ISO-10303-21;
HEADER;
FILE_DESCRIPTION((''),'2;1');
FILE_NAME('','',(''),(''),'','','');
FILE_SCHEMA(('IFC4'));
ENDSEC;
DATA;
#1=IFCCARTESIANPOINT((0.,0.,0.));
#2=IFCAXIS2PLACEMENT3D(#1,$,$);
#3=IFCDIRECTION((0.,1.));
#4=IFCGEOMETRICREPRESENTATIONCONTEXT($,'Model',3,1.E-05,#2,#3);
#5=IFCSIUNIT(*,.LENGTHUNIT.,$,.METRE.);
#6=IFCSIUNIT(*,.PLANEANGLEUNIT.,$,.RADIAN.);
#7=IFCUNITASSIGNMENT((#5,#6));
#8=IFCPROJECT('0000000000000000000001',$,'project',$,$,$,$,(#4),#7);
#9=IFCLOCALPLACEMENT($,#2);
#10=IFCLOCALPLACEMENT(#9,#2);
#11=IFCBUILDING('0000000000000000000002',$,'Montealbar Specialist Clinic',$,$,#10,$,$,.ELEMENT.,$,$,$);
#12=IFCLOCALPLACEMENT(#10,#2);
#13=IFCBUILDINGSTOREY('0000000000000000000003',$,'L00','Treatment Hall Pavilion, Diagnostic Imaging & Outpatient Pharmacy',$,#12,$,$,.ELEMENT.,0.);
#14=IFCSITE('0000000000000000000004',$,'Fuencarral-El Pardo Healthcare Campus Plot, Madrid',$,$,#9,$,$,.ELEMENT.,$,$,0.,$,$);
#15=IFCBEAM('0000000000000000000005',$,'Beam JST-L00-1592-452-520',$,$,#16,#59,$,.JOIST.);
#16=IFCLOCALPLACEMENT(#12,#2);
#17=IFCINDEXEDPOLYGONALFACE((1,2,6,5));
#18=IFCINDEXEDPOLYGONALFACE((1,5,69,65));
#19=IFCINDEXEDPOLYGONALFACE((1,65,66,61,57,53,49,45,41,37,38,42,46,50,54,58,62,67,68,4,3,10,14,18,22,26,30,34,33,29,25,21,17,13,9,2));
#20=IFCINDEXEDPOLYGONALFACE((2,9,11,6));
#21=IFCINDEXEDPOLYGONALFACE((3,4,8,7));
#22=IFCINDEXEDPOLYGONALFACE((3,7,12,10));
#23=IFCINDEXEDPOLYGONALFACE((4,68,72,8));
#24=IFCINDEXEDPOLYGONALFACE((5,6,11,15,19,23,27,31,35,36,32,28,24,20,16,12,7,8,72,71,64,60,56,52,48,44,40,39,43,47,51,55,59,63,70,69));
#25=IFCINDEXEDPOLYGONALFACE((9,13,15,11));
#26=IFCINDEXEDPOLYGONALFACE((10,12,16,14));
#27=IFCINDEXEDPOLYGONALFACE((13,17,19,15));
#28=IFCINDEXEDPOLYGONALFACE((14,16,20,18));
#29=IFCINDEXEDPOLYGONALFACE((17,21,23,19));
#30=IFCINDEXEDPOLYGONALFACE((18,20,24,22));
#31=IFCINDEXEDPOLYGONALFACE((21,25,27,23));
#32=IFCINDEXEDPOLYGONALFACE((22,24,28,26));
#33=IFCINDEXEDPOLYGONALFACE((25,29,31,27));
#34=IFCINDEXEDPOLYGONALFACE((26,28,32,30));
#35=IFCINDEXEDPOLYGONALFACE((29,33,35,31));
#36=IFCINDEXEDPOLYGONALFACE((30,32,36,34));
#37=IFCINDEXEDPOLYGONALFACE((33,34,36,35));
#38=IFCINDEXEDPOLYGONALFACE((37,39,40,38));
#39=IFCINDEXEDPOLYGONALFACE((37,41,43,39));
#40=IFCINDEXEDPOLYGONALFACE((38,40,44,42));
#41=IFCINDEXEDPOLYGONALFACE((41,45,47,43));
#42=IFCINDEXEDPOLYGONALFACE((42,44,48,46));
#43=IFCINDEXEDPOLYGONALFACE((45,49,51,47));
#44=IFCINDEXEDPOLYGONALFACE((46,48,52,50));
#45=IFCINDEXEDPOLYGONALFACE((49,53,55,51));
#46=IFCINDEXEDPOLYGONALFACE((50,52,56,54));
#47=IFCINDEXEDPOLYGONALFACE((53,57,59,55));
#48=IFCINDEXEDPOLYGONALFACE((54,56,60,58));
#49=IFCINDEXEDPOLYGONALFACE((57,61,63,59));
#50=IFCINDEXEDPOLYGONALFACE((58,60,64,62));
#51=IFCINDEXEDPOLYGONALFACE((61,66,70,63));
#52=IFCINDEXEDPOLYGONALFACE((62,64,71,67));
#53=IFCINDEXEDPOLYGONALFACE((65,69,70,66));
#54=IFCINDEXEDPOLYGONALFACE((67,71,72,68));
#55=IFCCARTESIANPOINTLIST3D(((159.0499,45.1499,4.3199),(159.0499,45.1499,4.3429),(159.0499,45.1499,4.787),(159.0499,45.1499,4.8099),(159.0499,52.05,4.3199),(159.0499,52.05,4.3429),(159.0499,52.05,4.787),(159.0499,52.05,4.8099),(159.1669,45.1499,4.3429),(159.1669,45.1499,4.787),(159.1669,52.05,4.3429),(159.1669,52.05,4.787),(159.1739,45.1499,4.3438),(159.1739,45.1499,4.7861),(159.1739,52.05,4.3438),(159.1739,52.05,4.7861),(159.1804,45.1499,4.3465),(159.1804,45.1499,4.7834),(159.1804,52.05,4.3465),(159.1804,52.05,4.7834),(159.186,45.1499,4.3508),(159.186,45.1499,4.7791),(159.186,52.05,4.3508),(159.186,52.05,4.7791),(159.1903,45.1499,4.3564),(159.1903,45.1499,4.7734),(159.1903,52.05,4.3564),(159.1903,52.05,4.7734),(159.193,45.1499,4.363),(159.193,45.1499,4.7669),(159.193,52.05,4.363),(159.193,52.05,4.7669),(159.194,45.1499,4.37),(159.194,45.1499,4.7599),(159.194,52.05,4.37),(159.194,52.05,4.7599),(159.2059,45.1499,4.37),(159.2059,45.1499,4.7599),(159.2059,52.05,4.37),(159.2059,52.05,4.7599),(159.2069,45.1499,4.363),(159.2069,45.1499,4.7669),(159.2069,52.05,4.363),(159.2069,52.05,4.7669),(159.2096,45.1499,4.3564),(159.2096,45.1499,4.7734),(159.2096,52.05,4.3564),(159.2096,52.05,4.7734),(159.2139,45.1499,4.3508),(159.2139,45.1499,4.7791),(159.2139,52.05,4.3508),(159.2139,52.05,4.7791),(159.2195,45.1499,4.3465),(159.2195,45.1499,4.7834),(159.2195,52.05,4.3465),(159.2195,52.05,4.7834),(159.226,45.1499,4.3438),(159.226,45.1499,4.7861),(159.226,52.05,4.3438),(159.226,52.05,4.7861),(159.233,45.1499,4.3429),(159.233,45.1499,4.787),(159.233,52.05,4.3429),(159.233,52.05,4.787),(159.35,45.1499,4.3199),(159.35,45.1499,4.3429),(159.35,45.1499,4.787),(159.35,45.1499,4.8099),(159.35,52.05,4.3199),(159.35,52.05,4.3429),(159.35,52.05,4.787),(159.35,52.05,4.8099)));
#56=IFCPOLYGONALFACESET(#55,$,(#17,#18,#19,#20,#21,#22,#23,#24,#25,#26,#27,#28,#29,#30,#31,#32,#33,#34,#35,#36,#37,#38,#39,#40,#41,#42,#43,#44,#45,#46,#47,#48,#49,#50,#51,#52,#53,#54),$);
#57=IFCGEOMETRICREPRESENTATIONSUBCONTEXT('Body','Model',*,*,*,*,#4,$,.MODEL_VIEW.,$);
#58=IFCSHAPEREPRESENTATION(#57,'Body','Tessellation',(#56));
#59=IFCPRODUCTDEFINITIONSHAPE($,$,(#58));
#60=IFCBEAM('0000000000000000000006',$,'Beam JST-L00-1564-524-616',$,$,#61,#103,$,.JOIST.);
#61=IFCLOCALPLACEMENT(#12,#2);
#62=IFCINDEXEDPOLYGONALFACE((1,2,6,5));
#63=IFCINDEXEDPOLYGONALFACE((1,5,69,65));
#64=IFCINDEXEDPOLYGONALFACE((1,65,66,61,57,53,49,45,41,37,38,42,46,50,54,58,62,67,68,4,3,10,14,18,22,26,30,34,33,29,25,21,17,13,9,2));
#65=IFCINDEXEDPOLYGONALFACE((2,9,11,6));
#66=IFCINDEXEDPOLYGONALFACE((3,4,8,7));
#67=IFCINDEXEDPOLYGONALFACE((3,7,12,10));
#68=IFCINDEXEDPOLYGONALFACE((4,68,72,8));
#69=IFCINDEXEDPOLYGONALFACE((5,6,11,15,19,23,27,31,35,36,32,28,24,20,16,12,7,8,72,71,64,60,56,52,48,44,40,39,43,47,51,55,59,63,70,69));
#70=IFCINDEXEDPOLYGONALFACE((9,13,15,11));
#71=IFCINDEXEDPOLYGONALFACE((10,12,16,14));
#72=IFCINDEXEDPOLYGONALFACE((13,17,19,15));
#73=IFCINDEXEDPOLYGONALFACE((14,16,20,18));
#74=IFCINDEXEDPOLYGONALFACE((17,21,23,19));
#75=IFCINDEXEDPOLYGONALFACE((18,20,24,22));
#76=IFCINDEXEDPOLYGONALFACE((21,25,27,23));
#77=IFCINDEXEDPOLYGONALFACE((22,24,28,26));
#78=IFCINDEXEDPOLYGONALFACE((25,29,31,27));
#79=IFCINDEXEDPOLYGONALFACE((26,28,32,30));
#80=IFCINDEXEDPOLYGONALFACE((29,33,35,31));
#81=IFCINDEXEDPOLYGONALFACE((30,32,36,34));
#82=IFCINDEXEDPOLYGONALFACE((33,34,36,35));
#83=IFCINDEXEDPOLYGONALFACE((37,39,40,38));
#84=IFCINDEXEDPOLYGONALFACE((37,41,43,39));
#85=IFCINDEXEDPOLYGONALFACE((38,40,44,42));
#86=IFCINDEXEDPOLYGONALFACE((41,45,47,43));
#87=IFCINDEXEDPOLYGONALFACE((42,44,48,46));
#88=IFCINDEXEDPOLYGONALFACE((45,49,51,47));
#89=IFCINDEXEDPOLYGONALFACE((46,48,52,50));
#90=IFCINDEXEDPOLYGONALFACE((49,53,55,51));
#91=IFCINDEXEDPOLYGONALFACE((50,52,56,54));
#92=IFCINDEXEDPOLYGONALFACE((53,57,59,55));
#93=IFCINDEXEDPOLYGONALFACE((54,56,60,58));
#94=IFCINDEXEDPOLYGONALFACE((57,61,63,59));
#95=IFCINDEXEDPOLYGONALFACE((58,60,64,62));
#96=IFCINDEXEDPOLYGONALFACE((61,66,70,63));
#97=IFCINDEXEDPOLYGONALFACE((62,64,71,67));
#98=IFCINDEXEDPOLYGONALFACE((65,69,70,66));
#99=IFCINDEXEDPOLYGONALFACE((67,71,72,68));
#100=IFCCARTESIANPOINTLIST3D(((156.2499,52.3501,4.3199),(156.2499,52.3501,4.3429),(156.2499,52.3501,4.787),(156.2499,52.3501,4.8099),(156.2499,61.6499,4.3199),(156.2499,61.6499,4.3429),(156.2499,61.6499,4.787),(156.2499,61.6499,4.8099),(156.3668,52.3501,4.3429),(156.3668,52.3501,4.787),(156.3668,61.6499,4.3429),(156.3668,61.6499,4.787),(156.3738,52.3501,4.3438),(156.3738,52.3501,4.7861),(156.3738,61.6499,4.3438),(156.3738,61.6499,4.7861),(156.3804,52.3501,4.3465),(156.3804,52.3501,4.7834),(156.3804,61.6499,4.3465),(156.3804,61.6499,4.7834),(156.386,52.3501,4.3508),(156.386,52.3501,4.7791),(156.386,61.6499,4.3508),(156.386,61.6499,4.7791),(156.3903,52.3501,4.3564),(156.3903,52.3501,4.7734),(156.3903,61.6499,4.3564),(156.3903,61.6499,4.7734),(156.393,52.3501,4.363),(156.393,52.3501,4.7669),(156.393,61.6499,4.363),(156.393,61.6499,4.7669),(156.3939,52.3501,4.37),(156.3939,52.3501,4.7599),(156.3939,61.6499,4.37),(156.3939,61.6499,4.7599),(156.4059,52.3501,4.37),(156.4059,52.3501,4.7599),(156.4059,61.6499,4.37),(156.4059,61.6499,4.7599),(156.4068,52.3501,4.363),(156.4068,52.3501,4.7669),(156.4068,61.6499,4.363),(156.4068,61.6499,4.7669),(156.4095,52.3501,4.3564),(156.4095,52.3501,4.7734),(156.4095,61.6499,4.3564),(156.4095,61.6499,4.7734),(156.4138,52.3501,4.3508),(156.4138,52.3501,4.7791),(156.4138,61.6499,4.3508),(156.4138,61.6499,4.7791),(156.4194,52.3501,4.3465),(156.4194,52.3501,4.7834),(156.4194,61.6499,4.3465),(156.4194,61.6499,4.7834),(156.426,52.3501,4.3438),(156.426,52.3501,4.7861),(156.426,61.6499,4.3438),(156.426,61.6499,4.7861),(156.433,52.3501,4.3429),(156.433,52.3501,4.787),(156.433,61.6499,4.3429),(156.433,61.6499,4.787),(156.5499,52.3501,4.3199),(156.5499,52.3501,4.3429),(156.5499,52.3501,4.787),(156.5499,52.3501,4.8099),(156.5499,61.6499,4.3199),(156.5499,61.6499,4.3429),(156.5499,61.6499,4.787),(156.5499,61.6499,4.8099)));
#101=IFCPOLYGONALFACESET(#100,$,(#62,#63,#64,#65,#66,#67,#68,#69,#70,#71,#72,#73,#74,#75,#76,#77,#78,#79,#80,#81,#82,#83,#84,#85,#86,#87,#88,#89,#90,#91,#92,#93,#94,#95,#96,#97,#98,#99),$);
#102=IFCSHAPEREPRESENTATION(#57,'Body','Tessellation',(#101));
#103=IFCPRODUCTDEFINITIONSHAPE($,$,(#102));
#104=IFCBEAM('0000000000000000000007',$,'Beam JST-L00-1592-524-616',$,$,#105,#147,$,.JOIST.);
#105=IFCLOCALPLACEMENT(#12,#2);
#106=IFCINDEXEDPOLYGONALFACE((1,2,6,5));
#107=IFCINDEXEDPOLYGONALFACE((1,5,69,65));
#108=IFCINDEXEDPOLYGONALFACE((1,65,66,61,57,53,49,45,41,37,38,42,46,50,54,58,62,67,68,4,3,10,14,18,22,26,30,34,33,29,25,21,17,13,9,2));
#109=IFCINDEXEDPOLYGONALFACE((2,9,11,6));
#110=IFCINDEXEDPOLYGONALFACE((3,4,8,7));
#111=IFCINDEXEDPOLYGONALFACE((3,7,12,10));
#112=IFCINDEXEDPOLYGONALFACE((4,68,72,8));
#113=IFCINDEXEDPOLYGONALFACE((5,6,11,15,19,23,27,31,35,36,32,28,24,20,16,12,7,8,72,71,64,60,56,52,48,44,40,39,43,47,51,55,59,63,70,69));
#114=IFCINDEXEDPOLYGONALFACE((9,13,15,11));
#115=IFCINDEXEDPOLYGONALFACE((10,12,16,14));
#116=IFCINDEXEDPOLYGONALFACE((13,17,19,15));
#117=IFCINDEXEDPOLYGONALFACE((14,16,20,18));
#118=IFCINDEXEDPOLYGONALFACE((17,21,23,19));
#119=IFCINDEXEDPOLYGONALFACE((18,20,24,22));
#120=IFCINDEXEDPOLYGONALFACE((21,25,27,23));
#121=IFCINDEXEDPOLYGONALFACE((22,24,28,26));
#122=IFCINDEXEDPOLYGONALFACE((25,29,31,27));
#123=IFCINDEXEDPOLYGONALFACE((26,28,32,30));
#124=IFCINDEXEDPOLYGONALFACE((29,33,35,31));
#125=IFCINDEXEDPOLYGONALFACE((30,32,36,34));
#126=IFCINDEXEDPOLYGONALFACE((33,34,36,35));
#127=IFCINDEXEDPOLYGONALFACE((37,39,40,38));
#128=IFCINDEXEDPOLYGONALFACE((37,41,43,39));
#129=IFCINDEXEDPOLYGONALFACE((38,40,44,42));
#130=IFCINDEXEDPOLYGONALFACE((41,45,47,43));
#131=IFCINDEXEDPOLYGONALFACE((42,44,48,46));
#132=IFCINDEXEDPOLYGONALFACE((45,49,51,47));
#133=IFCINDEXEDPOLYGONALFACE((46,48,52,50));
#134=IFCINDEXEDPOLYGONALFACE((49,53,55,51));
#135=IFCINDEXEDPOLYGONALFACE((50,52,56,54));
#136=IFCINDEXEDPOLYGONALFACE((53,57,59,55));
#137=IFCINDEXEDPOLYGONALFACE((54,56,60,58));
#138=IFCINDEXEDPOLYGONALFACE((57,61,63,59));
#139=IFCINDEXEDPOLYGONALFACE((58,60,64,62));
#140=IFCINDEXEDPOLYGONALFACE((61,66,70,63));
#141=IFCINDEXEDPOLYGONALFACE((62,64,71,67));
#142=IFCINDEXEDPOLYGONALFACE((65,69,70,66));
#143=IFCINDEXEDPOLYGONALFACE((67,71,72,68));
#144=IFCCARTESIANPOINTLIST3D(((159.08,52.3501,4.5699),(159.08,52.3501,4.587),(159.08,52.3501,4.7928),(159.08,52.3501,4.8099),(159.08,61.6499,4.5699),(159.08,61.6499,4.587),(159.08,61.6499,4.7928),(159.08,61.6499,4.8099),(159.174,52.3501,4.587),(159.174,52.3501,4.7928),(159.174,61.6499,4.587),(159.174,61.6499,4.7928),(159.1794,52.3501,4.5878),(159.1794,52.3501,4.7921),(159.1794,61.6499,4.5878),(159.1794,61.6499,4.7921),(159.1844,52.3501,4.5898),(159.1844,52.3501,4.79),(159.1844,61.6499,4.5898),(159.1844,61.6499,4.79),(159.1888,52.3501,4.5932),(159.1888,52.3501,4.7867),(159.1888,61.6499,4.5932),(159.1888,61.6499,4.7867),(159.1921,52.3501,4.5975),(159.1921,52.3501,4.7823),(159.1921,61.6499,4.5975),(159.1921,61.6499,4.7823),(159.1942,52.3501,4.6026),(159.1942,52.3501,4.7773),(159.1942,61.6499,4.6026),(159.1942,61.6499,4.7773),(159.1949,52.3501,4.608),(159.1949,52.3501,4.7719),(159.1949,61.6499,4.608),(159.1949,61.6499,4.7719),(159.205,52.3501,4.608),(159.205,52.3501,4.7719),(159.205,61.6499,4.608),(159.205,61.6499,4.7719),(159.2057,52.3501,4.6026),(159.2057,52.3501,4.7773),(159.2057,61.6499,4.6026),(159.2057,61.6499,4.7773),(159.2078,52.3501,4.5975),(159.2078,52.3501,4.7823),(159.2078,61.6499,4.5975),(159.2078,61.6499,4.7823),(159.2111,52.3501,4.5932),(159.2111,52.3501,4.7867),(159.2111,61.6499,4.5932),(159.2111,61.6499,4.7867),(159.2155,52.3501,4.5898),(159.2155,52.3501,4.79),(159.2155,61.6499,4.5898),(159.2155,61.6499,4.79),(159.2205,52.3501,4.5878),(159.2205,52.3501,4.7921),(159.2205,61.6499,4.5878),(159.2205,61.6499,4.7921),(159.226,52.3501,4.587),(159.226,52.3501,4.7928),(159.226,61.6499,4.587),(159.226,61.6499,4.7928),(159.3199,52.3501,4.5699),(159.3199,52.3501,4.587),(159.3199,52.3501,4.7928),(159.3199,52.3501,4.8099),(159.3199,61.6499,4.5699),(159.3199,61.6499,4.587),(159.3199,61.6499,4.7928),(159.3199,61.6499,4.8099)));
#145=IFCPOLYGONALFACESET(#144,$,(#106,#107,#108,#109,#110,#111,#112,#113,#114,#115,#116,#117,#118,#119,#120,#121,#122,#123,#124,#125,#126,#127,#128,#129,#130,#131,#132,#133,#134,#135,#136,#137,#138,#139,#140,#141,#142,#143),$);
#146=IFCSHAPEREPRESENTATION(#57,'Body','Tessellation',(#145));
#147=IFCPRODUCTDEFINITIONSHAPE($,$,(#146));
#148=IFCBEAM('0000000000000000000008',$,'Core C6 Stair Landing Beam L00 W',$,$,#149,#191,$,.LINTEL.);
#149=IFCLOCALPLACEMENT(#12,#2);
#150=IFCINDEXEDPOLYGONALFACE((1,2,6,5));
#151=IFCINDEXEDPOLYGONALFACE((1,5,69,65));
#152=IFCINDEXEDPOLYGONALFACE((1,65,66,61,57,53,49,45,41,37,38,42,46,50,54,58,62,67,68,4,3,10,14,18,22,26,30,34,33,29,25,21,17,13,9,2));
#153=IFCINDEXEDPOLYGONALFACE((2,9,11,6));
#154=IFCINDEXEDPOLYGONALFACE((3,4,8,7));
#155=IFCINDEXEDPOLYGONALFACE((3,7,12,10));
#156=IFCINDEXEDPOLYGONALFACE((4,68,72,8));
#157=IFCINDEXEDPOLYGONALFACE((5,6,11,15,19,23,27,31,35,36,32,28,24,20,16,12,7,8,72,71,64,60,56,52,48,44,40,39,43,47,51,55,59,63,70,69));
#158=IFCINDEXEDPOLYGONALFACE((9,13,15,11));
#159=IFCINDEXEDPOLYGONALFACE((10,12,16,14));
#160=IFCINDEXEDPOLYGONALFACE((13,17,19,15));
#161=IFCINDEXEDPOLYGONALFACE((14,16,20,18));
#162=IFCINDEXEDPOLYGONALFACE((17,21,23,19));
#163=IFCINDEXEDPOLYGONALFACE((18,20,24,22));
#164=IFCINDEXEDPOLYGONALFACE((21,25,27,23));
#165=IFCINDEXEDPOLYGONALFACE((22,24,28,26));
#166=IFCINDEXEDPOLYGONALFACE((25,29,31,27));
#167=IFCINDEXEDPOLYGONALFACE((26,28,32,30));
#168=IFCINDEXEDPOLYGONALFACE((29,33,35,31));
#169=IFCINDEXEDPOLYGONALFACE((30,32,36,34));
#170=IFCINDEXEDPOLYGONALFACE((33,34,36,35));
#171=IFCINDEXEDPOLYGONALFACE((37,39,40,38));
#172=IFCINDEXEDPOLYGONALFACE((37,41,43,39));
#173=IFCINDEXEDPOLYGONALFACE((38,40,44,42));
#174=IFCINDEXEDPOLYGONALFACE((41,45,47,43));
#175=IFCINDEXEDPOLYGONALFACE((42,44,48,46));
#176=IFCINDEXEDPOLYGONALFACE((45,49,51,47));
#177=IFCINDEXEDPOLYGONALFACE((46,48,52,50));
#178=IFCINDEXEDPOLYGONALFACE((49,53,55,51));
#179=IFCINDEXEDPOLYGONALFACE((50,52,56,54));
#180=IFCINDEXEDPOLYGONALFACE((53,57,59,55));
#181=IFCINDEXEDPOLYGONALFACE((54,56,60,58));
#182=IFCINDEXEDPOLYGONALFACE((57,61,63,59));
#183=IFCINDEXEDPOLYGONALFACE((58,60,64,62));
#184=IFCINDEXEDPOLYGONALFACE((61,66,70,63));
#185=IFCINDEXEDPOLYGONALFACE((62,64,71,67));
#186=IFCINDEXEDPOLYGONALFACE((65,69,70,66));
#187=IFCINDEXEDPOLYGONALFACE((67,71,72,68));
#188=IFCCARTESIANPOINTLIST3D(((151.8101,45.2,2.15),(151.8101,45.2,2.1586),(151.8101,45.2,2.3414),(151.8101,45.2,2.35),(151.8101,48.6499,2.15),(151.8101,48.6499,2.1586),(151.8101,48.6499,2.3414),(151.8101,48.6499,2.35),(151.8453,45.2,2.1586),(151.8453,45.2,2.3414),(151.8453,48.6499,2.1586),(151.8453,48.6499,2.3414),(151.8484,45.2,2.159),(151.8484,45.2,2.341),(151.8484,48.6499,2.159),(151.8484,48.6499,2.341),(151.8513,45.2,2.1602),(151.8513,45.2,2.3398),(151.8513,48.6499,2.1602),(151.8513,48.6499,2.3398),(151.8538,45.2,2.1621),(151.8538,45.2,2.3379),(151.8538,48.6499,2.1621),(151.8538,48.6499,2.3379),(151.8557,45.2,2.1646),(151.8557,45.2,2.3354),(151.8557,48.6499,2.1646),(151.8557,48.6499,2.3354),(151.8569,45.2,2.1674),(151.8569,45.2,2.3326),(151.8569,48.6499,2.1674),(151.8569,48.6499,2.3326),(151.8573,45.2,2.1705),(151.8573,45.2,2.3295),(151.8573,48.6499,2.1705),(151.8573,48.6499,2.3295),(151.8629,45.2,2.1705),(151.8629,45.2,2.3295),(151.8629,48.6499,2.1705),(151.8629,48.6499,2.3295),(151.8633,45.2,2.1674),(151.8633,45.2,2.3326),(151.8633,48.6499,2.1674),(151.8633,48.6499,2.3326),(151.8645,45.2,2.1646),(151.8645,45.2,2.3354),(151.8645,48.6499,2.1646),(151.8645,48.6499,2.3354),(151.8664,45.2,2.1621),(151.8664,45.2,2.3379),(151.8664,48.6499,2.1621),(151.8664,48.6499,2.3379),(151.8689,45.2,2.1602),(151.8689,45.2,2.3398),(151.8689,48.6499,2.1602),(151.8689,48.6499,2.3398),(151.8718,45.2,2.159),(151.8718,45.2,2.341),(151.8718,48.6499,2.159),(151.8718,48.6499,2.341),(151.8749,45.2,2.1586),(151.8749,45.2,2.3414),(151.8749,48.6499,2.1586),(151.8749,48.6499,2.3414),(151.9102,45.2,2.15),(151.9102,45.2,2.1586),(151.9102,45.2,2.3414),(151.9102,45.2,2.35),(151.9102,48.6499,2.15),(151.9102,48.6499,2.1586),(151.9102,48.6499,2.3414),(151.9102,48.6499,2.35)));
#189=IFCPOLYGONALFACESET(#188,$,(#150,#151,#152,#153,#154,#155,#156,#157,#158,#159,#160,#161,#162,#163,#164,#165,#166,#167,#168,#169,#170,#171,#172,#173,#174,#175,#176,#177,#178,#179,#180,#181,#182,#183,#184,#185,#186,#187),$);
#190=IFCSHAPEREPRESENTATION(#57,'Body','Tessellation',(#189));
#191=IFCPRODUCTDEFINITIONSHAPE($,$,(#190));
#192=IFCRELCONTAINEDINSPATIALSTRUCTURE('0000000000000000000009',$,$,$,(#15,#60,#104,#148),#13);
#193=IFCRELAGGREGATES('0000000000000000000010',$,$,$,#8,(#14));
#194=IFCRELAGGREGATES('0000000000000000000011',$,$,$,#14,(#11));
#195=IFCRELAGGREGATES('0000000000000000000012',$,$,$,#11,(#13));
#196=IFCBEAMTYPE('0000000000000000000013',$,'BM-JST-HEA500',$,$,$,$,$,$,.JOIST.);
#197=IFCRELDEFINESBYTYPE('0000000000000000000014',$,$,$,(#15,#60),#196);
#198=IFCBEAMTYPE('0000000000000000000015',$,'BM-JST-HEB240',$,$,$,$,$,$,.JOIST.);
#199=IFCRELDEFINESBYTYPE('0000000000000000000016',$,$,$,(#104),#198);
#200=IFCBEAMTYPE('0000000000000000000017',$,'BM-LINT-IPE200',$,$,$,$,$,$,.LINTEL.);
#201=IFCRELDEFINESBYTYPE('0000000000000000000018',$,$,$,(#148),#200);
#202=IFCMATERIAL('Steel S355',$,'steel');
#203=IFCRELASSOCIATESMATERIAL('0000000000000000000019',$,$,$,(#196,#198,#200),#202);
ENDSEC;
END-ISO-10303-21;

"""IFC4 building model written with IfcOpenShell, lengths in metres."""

from ifc_helpers import new_model, si_unit, direction, frame, origin, origin_2d, place, context, subcontext, project, spatial, i_section, extrude, material, material_profile, profile_set, type_object, element, save


model = new_model("IFC4")

# Units and contexts
model_context = context("Model", 3, precision=1e-05, world=origin(), true_north=direction((0.0, 1.0)))
body_context = subcontext(model_context, "Body", "Model", "MODEL_VIEW")
ifc_project = project(units=[si_unit("LENGTHUNIT", "METRE"), si_unit("PLANEANGLEUNIT", "RADIAN")], contexts=[model_context])

# Site, building, storey
site_placement = place(None, origin())
site = spatial("IfcSite", under=ifc_project, at=site_placement, Name="Fuencarral-El Pardo Healthcare Campus Plot, Madrid", CompositionType="ELEMENT", RefElevation=0.0)
building_placement = place(site_placement, origin())
building = spatial("IfcBuilding", under=site, at=building_placement, Name="Montealbar Specialist Clinic", CompositionType="ELEMENT")
storey_placement = place(building_placement, origin())
storey = spatial("IfcBuildingStorey", under=building, at=storey_placement, Name="L00", Description="Treatment Hall Pavilion, Diagnostic Imaging & Outpatient Pharmacy", CompositionType="ELEMENT", Elevation=0.0)

# Shared definitions
ifc_material_1 = material(Name="Steel S355", Category="steel")

# Beams
ifc_material_profile_1 = material_profile(ifc_material_1, i_section(OverallWidth=0.3, OverallDepth=0.49, WebThickness=0.012, FlangeThickness=0.0229, FilletRadius=0.0271, at=origin_2d()), Name="HEA 500", Category="steel")
ifc_profile_set_1 = profile_set([ifc_material_profile_1], Name="Steel S355")
beam_type_1 = type_object("IfcBeamType", Name="BM-JST-HEA500", PredefinedType="JOIST", material=ifc_profile_set_1)
beam_1_placement = place(storey_placement, frame((159.2, 45.1499, 4.5649), z_axis=(0.0, 1.0, 0.0), x_axis=(-1.0, 0.0, 0.0)))
element("IfcBeam", 1, at=beam_1_placement, inside=storey, type_object=beam_type_1, Name="Beam JST-L00-1592-452-520", PredefinedType="JOIST", context=body_context, shape_type="SweptSolid", body=[
    extrude(i_section(OverallWidth=0.3, OverallDepth=0.49, WebThickness=0.012, FlangeThickness=0.0229, FilletRadius=0.0271, at=origin_2d()), origin(), (0.0, 0.0, 1.0), 6.9001),
])
beam_2_placement = place(storey_placement, frame((156.3999, 52.3501, 4.5649), z_axis=(0.0, 1.0, 0.0), x_axis=(-1.0, 0.0, 0.0)))
element("IfcBeam", 2, at=beam_2_placement, inside=storey, type_object=beam_type_1, Name="Beam JST-L00-1564-524-616", PredefinedType="JOIST", context=body_context, shape_type="SweptSolid", body=[
    extrude(i_section(OverallWidth=0.3, OverallDepth=0.49, WebThickness=0.012, FlangeThickness=0.0229, FilletRadius=0.0271, at=origin_2d()), origin(), (0.0, 0.0, 1.0), 9.2998),
])
ifc_material_profile_2 = material_profile(ifc_material_1, i_section(OverallWidth=0.24, OverallDepth=0.24, WebThickness=0.01, FlangeThickness=0.0171, FilletRadius=0.021, at=origin_2d()), Name="HEB 240", Category="steel")
ifc_profile_set_2 = profile_set([ifc_material_profile_2], Name="Steel S355")
beam_type_2 = type_object("IfcBeamType", Name="BM-JST-HEB240", PredefinedType="JOIST", material=ifc_profile_set_2)
beam_3_placement = place(storey_placement, frame((159.2, 52.3501, 4.6899), z_axis=(0.0, 1.0, 0.0), x_axis=(-1.0, 0.0, 0.0)))
element("IfcBeam", 3, at=beam_3_placement, inside=storey, type_object=beam_type_2, Name="Beam JST-L00-1592-524-616", PredefinedType="JOIST", context=body_context, shape_type="SweptSolid", body=[
    extrude(i_section(OverallWidth=0.24, OverallDepth=0.24, WebThickness=0.01, FlangeThickness=0.0171, FilletRadius=0.021, at=origin_2d()), origin(), (0.0, 0.0, 1.0), 9.2998),
])
ifc_material_profile_3 = material_profile(ifc_material_1, i_section(OverallWidth=0.1001, OverallDepth=0.2, WebThickness=0.0056, FlangeThickness=0.0085, FilletRadius=0.012, at=origin_2d()), Name="IPE 200", Category="steel")
ifc_profile_set_3 = profile_set([ifc_material_profile_3], Name="Steel S355")
beam_type_3 = type_object("IfcBeamType", Name="BM-LINT-IPE200", PredefinedType="LINTEL", material=ifc_profile_set_3)
for number, where, z_axis, x_axis, name in (
    (4, (151.8601, 45.2, 2.25), (0.0, 1.0, 0.0), (-1.0, 0.0, 0.0), "Core C6 Stair Landing Beam L00 W"),
):
    element("IfcBeam", number, at=place(storey_placement, frame(where, z_axis=z_axis, x_axis=x_axis)), inside=storey, type_object=beam_type_3, Name=name, PredefinedType="LINTEL", context=body_context, shape_type="SweptSolid", body=[
        extrude(i_section(OverallWidth=0.1001, OverallDepth=0.2, WebThickness=0.0056, FlangeThickness=0.0085, FilletRadius=0.012, at=origin_2d()), origin(), (0.0, 0.0, 1.0), 3.45),
    ])

save(model, "model.ifc")
